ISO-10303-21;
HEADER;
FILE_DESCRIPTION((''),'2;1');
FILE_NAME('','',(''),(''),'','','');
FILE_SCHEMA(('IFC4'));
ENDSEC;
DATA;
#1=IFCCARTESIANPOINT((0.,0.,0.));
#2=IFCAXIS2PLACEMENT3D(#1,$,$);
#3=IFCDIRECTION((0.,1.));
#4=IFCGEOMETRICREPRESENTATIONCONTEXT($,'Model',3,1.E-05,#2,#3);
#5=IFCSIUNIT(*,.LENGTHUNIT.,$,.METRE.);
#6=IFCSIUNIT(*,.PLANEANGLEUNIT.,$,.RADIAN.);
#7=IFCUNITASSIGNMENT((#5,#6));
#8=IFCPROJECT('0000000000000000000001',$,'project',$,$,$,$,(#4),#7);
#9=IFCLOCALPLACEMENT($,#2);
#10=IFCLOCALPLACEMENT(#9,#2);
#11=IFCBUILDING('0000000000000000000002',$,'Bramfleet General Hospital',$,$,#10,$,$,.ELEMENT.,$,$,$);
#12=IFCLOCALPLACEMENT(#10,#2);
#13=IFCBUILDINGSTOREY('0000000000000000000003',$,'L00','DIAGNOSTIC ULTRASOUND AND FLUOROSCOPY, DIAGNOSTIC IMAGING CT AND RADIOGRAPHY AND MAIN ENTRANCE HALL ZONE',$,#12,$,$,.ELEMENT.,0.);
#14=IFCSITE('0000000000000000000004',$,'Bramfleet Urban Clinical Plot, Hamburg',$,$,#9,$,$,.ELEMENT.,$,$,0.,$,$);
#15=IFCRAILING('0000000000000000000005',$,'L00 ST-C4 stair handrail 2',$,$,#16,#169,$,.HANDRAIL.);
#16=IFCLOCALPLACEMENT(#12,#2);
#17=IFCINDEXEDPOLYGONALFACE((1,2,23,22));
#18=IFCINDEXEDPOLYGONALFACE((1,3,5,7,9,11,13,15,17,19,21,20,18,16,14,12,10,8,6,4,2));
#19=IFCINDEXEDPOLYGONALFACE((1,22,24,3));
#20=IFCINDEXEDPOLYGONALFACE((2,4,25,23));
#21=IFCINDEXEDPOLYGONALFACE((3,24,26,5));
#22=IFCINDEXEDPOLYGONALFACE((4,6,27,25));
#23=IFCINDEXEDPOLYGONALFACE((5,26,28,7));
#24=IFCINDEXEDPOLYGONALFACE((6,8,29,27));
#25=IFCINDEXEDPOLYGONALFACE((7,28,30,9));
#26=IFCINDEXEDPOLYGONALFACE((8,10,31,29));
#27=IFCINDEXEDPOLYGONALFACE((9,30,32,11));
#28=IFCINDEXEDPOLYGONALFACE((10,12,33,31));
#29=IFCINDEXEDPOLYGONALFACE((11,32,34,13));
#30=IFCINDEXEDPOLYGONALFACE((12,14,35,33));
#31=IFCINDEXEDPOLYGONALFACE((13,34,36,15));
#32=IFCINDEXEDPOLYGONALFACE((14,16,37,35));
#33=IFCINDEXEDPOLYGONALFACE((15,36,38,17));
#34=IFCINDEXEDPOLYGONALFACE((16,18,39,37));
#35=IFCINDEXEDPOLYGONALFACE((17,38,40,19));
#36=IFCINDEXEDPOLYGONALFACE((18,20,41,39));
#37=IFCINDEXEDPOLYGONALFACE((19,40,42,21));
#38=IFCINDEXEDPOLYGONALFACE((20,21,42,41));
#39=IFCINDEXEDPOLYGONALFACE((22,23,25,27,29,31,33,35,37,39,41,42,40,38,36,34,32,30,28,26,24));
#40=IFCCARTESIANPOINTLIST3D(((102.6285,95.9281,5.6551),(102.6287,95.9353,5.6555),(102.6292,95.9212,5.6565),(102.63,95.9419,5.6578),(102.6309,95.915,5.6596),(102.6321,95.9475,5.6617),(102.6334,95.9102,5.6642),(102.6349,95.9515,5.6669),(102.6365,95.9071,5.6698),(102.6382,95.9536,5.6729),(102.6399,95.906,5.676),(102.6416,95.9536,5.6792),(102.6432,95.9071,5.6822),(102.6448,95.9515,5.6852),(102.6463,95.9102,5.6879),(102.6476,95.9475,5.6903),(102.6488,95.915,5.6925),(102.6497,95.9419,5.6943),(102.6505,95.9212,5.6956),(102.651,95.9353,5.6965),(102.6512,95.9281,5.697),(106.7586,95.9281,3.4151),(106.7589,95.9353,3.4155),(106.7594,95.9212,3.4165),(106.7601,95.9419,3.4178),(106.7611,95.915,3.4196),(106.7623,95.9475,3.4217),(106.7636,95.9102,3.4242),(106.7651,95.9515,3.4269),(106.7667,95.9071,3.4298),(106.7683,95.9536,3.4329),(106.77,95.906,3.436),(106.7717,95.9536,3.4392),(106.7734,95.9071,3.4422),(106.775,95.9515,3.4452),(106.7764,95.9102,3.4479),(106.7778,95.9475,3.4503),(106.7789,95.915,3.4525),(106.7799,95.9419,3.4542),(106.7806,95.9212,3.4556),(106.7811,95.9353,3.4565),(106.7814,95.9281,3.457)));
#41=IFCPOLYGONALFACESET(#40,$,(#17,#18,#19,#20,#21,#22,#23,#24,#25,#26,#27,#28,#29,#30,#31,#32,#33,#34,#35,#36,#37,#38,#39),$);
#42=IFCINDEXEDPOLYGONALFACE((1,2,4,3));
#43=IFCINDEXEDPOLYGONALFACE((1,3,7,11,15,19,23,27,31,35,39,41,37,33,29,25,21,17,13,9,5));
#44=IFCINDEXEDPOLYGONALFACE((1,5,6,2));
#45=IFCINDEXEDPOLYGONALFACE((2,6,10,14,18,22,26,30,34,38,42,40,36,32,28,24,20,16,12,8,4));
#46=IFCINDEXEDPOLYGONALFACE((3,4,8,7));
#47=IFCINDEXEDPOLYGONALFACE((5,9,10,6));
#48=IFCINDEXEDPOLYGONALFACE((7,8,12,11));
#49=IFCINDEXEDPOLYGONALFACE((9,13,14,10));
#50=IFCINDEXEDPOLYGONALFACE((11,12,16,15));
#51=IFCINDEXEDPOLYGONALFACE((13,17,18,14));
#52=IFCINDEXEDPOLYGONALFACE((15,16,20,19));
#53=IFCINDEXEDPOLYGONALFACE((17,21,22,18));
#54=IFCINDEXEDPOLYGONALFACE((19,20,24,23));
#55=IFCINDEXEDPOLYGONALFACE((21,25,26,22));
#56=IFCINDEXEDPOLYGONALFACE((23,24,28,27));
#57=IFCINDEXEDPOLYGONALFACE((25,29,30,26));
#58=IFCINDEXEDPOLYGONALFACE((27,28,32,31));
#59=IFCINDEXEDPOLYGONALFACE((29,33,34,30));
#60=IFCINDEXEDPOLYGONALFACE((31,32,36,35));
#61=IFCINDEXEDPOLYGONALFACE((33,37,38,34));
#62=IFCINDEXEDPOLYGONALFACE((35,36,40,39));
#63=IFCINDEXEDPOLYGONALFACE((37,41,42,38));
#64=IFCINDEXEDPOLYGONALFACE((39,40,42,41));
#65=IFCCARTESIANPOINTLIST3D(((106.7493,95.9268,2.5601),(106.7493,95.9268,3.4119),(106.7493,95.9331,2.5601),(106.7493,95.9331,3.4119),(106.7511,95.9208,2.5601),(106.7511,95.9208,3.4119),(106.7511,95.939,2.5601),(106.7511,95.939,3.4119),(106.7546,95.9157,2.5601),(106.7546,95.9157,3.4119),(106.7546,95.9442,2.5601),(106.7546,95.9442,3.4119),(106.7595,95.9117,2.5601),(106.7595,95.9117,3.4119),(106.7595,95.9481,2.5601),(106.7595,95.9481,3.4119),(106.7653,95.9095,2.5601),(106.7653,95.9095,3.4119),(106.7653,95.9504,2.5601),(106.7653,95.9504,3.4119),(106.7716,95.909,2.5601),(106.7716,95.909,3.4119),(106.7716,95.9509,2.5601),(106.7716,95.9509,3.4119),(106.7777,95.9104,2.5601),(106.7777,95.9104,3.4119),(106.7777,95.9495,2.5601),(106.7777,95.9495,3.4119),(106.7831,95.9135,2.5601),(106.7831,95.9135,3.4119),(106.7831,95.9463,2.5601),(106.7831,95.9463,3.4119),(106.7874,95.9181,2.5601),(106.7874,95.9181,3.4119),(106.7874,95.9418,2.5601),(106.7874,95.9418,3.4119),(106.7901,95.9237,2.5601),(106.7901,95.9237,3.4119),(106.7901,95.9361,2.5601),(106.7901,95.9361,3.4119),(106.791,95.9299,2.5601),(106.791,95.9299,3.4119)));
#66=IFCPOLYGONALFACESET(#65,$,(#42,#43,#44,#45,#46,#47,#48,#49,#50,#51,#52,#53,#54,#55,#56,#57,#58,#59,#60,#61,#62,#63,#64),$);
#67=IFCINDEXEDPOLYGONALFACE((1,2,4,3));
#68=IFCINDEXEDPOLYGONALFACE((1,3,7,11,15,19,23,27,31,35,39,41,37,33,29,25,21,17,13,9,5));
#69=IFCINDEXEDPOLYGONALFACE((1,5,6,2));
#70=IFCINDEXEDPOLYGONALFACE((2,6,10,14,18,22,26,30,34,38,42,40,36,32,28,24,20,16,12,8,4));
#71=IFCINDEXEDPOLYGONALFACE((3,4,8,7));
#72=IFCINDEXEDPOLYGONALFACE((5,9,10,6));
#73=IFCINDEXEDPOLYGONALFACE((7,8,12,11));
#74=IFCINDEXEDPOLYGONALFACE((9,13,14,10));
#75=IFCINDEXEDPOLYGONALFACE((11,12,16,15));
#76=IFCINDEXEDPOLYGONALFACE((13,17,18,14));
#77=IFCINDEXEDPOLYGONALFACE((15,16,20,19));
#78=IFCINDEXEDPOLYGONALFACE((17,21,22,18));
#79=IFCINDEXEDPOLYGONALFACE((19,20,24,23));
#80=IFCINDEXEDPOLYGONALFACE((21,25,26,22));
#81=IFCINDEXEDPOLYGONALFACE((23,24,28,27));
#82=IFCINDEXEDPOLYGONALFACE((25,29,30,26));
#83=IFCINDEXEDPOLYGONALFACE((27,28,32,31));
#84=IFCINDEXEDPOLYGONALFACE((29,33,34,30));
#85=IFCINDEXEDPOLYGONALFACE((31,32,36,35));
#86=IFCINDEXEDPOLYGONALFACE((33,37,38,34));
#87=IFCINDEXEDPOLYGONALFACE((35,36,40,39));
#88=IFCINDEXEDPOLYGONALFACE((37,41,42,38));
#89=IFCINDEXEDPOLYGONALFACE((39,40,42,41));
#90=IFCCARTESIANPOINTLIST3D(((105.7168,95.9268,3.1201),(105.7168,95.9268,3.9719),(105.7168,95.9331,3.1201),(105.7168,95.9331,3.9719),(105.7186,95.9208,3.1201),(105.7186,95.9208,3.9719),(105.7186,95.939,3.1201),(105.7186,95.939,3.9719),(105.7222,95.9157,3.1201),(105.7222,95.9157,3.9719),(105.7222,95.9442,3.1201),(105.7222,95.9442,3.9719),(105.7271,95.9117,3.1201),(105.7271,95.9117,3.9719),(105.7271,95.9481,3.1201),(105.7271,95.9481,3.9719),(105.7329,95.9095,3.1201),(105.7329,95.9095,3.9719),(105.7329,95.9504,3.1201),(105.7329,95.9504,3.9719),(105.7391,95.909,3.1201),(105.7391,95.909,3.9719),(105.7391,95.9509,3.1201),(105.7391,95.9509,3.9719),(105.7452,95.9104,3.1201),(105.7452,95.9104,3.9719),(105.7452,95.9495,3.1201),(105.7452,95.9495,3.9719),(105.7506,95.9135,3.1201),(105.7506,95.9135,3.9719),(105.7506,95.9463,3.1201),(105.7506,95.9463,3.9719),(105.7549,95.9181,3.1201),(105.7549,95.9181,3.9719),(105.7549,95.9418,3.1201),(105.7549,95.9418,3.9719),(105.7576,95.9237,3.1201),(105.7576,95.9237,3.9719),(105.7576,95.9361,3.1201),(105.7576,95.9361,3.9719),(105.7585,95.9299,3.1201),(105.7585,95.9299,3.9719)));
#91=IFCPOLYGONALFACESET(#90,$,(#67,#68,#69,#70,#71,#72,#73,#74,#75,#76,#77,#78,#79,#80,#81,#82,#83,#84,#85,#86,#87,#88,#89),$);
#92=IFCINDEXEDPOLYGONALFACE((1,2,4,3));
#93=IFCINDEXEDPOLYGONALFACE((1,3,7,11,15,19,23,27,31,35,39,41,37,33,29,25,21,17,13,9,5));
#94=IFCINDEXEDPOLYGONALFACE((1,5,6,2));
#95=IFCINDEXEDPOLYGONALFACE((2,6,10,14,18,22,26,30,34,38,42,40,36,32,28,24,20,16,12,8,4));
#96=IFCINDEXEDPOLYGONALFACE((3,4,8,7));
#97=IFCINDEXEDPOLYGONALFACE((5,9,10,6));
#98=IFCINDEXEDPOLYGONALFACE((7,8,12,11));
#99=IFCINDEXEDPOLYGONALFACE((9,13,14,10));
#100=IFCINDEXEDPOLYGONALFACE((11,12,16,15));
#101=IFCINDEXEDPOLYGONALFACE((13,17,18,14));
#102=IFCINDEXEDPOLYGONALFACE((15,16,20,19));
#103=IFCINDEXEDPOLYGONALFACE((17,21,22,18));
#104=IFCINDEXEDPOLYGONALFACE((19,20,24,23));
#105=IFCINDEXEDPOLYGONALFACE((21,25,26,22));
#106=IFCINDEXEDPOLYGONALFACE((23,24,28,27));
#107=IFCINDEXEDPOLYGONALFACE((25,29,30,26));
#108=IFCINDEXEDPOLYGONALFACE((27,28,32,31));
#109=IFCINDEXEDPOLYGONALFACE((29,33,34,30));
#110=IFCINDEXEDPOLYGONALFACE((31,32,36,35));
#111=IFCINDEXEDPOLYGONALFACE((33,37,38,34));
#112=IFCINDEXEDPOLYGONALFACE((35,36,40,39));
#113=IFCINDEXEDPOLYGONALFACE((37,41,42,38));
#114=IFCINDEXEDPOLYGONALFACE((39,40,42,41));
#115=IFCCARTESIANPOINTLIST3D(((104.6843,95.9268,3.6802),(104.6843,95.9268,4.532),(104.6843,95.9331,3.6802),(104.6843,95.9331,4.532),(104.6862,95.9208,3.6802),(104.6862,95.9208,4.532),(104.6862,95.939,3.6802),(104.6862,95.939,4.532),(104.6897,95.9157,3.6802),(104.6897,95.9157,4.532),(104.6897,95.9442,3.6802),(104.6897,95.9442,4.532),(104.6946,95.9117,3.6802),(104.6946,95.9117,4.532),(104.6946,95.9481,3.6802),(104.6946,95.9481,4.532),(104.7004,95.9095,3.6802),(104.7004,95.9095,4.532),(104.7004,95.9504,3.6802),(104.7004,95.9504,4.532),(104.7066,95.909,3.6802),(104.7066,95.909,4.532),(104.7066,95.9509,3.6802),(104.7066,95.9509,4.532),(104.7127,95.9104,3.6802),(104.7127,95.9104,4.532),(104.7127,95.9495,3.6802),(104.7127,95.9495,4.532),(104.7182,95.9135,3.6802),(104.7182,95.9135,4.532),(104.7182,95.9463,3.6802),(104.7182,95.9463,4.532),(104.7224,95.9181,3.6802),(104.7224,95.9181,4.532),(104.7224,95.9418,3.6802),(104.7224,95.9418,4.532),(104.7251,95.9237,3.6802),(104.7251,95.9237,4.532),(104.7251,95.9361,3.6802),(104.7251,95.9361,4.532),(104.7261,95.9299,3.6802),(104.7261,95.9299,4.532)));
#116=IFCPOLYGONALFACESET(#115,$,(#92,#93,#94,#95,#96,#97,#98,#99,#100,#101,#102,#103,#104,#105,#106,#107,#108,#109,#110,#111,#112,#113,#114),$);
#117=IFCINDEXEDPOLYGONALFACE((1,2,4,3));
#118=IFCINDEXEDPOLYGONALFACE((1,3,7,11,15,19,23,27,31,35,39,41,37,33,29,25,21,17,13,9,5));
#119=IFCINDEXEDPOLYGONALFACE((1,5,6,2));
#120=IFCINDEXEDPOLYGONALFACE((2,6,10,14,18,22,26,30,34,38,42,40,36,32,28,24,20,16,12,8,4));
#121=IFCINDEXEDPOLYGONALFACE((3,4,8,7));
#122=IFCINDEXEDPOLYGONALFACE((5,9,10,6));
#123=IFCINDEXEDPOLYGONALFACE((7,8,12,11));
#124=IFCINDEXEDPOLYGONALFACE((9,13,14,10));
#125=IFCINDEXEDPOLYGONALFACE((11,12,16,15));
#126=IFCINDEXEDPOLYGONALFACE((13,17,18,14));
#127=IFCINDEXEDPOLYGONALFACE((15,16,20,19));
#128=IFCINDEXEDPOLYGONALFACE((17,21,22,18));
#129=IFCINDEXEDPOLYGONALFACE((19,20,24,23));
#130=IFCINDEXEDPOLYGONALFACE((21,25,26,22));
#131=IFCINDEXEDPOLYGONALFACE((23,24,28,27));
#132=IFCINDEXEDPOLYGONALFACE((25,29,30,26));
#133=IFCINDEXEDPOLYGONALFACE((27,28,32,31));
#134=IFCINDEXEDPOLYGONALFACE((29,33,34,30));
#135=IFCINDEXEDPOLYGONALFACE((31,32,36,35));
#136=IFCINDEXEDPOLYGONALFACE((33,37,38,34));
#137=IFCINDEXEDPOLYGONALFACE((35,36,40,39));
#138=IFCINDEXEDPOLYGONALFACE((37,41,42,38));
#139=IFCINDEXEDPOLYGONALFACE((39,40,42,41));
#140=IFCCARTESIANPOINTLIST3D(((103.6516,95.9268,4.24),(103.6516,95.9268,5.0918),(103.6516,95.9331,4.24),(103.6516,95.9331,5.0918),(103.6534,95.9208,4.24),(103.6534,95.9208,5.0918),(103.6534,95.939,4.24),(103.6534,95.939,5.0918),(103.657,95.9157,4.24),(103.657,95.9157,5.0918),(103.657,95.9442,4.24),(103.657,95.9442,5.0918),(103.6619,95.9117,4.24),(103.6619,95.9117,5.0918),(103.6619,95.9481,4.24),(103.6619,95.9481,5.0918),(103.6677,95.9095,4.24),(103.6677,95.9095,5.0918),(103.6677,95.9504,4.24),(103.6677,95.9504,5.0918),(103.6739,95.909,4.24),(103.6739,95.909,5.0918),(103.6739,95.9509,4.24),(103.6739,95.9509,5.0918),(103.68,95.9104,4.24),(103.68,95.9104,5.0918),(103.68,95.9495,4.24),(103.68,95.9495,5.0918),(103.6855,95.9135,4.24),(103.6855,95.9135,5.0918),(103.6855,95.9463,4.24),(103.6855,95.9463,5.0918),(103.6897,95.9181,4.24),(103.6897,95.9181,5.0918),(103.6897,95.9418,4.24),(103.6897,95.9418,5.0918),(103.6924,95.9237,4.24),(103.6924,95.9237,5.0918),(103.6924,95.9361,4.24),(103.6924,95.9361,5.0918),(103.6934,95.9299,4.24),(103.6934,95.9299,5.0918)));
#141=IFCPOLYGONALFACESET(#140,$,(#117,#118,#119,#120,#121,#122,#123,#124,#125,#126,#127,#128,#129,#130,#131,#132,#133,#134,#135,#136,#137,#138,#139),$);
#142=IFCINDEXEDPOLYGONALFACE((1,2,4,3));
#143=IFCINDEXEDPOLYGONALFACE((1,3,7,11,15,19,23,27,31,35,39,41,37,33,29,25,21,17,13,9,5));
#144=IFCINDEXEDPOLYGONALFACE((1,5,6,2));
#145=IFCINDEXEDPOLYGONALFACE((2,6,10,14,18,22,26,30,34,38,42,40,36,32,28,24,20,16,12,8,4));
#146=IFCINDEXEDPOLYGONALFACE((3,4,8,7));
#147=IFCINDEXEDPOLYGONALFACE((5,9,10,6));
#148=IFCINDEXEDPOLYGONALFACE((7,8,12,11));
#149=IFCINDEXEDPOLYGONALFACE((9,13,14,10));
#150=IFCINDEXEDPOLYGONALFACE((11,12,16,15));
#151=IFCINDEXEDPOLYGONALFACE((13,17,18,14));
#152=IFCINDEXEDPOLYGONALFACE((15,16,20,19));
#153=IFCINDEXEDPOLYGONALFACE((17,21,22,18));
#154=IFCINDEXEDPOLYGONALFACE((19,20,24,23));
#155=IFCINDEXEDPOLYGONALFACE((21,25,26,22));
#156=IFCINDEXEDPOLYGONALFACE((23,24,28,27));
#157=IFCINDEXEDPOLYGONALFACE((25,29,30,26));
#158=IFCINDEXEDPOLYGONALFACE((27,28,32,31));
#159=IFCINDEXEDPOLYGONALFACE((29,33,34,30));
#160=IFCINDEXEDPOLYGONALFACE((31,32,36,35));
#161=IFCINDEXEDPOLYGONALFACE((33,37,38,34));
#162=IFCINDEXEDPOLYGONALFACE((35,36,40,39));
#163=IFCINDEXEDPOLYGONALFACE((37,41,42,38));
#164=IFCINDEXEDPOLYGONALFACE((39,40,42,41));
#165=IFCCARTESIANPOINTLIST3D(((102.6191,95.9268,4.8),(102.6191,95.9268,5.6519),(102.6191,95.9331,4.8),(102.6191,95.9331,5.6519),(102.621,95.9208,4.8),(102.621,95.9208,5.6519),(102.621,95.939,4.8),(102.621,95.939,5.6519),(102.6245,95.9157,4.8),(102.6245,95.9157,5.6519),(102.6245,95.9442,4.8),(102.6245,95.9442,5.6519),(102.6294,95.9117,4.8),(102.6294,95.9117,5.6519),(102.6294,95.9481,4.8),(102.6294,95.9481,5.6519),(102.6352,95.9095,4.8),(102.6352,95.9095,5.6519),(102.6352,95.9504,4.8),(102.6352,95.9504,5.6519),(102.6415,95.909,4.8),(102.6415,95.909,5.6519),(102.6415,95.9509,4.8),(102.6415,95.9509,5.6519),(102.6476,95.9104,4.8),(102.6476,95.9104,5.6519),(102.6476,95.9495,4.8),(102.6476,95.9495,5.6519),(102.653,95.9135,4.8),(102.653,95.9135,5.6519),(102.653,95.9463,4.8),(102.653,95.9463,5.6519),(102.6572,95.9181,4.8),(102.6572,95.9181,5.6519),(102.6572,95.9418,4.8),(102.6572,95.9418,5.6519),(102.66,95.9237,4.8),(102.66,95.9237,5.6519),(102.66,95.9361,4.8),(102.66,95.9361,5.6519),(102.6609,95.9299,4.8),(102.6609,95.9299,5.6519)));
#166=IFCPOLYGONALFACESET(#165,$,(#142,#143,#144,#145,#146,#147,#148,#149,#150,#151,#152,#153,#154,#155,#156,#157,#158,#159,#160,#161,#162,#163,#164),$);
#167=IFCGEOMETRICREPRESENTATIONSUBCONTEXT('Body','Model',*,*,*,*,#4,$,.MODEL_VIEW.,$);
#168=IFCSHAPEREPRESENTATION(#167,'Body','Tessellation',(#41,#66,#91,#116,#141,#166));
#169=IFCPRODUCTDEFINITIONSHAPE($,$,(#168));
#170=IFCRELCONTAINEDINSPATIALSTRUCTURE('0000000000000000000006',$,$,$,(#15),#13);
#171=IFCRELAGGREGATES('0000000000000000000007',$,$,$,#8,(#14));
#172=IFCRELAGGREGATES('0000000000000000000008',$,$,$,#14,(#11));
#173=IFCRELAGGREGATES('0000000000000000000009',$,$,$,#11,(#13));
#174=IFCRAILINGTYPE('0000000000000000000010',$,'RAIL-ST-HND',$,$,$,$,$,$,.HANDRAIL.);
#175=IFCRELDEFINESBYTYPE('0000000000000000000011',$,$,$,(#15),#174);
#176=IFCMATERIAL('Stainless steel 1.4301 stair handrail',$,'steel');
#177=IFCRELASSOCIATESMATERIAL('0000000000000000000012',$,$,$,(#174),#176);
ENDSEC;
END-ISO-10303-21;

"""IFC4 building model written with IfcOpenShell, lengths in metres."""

from ifc_helpers import new_model, si_unit, direction, frame, origin, origin_2d, place, context, subcontext, project, spatial, circle, extrude, material, type_object, element, save


model = new_model("IFC4")

# Units and contexts
model_context = context("Model", 3, precision=1e-05, world=origin(), true_north=direction((0.0, 1.0)))
body_context = subcontext(model_context, "Body", "Model", "MODEL_VIEW")
ifc_project = project(units=[si_unit("LENGTHUNIT", "METRE"), si_unit("PLANEANGLEUNIT", "RADIAN")], contexts=[model_context])

# Site, building, storey
site_placement = place(None, origin())
site = spatial("IfcSite", under=ifc_project, at=site_placement, Name="Bramfleet Urban Clinical Plot, Hamburg", CompositionType="ELEMENT", RefElevation=0.0)
building_placement = place(site_placement, origin())
building = spatial("IfcBuilding", under=site, at=building_placement, Name="Bramfleet General Hospital", CompositionType="ELEMENT")
storey_placement = place(building_placement, origin())
storey = spatial("IfcBuildingStorey", under=building, at=storey_placement, Name="L00", Description="DIAGNOSTIC ULTRASOUND AND FLUOROSCOPY, DIAGNOSTIC IMAGING CT AND RADIOGRAPHY AND MAIN ENTRANCE HALL ZONE", CompositionType="ELEMENT", Elevation=0.0)

# Railing
ifc_material_1 = material(Name="Stainless steel 1.4301 stair handrail", Category="steel")
railing_type_1 = type_object("IfcRailingType", Name="RAIL-ST-HND", PredefinedType="HANDRAIL", material=ifc_material_1)
railing_1_placement = place(storey_placement, frame((106.77, 95.9299, 2.5601)))
element("IfcRailing", 1, at=railing_1_placement, inside=storey, type_object=railing_type_1, Name="L00 ST-C4 stair handrail 2", PredefinedType="HANDRAIL", context=body_context, shape_type="SweptSolid", body=[
    extrude(circle(Radius=0.0239, at=origin_2d()), frame((0.0, 0.0, 0.876), z_axis=(-0.879039, 0.0, 0.47675), x_axis=(0.0, -1.0, 0.0)), (0.0, 0.0, 1.0), 4.6985),
    extrude(circle(Radius=0.021, at=origin_2d()), origin(), (0.0, 0.0, 1.0), 0.8518),
    extrude(circle(Radius=0.021, at=origin_2d()), frame((-1.0325, 0.0, 0.5601)), (0.0, 0.0, 1.0), 0.8518),
    extrude(circle(Radius=0.021, at=origin_2d()), frame((-2.0649, 0.0, 1.1201)), (0.0, 0.0, 1.0), 0.8518),
    extrude(circle(Radius=0.021, at=origin_2d()), frame((-3.0977, 0.0, 1.6799)), (0.0, 0.0, 1.0), 0.8518),
    extrude(circle(Radius=0.021, at=origin_2d()), frame((-4.1301, 0.0, 2.24)), (0.0, 0.0, 1.0), 0.8518),
])

save(model, "model.ifc")
